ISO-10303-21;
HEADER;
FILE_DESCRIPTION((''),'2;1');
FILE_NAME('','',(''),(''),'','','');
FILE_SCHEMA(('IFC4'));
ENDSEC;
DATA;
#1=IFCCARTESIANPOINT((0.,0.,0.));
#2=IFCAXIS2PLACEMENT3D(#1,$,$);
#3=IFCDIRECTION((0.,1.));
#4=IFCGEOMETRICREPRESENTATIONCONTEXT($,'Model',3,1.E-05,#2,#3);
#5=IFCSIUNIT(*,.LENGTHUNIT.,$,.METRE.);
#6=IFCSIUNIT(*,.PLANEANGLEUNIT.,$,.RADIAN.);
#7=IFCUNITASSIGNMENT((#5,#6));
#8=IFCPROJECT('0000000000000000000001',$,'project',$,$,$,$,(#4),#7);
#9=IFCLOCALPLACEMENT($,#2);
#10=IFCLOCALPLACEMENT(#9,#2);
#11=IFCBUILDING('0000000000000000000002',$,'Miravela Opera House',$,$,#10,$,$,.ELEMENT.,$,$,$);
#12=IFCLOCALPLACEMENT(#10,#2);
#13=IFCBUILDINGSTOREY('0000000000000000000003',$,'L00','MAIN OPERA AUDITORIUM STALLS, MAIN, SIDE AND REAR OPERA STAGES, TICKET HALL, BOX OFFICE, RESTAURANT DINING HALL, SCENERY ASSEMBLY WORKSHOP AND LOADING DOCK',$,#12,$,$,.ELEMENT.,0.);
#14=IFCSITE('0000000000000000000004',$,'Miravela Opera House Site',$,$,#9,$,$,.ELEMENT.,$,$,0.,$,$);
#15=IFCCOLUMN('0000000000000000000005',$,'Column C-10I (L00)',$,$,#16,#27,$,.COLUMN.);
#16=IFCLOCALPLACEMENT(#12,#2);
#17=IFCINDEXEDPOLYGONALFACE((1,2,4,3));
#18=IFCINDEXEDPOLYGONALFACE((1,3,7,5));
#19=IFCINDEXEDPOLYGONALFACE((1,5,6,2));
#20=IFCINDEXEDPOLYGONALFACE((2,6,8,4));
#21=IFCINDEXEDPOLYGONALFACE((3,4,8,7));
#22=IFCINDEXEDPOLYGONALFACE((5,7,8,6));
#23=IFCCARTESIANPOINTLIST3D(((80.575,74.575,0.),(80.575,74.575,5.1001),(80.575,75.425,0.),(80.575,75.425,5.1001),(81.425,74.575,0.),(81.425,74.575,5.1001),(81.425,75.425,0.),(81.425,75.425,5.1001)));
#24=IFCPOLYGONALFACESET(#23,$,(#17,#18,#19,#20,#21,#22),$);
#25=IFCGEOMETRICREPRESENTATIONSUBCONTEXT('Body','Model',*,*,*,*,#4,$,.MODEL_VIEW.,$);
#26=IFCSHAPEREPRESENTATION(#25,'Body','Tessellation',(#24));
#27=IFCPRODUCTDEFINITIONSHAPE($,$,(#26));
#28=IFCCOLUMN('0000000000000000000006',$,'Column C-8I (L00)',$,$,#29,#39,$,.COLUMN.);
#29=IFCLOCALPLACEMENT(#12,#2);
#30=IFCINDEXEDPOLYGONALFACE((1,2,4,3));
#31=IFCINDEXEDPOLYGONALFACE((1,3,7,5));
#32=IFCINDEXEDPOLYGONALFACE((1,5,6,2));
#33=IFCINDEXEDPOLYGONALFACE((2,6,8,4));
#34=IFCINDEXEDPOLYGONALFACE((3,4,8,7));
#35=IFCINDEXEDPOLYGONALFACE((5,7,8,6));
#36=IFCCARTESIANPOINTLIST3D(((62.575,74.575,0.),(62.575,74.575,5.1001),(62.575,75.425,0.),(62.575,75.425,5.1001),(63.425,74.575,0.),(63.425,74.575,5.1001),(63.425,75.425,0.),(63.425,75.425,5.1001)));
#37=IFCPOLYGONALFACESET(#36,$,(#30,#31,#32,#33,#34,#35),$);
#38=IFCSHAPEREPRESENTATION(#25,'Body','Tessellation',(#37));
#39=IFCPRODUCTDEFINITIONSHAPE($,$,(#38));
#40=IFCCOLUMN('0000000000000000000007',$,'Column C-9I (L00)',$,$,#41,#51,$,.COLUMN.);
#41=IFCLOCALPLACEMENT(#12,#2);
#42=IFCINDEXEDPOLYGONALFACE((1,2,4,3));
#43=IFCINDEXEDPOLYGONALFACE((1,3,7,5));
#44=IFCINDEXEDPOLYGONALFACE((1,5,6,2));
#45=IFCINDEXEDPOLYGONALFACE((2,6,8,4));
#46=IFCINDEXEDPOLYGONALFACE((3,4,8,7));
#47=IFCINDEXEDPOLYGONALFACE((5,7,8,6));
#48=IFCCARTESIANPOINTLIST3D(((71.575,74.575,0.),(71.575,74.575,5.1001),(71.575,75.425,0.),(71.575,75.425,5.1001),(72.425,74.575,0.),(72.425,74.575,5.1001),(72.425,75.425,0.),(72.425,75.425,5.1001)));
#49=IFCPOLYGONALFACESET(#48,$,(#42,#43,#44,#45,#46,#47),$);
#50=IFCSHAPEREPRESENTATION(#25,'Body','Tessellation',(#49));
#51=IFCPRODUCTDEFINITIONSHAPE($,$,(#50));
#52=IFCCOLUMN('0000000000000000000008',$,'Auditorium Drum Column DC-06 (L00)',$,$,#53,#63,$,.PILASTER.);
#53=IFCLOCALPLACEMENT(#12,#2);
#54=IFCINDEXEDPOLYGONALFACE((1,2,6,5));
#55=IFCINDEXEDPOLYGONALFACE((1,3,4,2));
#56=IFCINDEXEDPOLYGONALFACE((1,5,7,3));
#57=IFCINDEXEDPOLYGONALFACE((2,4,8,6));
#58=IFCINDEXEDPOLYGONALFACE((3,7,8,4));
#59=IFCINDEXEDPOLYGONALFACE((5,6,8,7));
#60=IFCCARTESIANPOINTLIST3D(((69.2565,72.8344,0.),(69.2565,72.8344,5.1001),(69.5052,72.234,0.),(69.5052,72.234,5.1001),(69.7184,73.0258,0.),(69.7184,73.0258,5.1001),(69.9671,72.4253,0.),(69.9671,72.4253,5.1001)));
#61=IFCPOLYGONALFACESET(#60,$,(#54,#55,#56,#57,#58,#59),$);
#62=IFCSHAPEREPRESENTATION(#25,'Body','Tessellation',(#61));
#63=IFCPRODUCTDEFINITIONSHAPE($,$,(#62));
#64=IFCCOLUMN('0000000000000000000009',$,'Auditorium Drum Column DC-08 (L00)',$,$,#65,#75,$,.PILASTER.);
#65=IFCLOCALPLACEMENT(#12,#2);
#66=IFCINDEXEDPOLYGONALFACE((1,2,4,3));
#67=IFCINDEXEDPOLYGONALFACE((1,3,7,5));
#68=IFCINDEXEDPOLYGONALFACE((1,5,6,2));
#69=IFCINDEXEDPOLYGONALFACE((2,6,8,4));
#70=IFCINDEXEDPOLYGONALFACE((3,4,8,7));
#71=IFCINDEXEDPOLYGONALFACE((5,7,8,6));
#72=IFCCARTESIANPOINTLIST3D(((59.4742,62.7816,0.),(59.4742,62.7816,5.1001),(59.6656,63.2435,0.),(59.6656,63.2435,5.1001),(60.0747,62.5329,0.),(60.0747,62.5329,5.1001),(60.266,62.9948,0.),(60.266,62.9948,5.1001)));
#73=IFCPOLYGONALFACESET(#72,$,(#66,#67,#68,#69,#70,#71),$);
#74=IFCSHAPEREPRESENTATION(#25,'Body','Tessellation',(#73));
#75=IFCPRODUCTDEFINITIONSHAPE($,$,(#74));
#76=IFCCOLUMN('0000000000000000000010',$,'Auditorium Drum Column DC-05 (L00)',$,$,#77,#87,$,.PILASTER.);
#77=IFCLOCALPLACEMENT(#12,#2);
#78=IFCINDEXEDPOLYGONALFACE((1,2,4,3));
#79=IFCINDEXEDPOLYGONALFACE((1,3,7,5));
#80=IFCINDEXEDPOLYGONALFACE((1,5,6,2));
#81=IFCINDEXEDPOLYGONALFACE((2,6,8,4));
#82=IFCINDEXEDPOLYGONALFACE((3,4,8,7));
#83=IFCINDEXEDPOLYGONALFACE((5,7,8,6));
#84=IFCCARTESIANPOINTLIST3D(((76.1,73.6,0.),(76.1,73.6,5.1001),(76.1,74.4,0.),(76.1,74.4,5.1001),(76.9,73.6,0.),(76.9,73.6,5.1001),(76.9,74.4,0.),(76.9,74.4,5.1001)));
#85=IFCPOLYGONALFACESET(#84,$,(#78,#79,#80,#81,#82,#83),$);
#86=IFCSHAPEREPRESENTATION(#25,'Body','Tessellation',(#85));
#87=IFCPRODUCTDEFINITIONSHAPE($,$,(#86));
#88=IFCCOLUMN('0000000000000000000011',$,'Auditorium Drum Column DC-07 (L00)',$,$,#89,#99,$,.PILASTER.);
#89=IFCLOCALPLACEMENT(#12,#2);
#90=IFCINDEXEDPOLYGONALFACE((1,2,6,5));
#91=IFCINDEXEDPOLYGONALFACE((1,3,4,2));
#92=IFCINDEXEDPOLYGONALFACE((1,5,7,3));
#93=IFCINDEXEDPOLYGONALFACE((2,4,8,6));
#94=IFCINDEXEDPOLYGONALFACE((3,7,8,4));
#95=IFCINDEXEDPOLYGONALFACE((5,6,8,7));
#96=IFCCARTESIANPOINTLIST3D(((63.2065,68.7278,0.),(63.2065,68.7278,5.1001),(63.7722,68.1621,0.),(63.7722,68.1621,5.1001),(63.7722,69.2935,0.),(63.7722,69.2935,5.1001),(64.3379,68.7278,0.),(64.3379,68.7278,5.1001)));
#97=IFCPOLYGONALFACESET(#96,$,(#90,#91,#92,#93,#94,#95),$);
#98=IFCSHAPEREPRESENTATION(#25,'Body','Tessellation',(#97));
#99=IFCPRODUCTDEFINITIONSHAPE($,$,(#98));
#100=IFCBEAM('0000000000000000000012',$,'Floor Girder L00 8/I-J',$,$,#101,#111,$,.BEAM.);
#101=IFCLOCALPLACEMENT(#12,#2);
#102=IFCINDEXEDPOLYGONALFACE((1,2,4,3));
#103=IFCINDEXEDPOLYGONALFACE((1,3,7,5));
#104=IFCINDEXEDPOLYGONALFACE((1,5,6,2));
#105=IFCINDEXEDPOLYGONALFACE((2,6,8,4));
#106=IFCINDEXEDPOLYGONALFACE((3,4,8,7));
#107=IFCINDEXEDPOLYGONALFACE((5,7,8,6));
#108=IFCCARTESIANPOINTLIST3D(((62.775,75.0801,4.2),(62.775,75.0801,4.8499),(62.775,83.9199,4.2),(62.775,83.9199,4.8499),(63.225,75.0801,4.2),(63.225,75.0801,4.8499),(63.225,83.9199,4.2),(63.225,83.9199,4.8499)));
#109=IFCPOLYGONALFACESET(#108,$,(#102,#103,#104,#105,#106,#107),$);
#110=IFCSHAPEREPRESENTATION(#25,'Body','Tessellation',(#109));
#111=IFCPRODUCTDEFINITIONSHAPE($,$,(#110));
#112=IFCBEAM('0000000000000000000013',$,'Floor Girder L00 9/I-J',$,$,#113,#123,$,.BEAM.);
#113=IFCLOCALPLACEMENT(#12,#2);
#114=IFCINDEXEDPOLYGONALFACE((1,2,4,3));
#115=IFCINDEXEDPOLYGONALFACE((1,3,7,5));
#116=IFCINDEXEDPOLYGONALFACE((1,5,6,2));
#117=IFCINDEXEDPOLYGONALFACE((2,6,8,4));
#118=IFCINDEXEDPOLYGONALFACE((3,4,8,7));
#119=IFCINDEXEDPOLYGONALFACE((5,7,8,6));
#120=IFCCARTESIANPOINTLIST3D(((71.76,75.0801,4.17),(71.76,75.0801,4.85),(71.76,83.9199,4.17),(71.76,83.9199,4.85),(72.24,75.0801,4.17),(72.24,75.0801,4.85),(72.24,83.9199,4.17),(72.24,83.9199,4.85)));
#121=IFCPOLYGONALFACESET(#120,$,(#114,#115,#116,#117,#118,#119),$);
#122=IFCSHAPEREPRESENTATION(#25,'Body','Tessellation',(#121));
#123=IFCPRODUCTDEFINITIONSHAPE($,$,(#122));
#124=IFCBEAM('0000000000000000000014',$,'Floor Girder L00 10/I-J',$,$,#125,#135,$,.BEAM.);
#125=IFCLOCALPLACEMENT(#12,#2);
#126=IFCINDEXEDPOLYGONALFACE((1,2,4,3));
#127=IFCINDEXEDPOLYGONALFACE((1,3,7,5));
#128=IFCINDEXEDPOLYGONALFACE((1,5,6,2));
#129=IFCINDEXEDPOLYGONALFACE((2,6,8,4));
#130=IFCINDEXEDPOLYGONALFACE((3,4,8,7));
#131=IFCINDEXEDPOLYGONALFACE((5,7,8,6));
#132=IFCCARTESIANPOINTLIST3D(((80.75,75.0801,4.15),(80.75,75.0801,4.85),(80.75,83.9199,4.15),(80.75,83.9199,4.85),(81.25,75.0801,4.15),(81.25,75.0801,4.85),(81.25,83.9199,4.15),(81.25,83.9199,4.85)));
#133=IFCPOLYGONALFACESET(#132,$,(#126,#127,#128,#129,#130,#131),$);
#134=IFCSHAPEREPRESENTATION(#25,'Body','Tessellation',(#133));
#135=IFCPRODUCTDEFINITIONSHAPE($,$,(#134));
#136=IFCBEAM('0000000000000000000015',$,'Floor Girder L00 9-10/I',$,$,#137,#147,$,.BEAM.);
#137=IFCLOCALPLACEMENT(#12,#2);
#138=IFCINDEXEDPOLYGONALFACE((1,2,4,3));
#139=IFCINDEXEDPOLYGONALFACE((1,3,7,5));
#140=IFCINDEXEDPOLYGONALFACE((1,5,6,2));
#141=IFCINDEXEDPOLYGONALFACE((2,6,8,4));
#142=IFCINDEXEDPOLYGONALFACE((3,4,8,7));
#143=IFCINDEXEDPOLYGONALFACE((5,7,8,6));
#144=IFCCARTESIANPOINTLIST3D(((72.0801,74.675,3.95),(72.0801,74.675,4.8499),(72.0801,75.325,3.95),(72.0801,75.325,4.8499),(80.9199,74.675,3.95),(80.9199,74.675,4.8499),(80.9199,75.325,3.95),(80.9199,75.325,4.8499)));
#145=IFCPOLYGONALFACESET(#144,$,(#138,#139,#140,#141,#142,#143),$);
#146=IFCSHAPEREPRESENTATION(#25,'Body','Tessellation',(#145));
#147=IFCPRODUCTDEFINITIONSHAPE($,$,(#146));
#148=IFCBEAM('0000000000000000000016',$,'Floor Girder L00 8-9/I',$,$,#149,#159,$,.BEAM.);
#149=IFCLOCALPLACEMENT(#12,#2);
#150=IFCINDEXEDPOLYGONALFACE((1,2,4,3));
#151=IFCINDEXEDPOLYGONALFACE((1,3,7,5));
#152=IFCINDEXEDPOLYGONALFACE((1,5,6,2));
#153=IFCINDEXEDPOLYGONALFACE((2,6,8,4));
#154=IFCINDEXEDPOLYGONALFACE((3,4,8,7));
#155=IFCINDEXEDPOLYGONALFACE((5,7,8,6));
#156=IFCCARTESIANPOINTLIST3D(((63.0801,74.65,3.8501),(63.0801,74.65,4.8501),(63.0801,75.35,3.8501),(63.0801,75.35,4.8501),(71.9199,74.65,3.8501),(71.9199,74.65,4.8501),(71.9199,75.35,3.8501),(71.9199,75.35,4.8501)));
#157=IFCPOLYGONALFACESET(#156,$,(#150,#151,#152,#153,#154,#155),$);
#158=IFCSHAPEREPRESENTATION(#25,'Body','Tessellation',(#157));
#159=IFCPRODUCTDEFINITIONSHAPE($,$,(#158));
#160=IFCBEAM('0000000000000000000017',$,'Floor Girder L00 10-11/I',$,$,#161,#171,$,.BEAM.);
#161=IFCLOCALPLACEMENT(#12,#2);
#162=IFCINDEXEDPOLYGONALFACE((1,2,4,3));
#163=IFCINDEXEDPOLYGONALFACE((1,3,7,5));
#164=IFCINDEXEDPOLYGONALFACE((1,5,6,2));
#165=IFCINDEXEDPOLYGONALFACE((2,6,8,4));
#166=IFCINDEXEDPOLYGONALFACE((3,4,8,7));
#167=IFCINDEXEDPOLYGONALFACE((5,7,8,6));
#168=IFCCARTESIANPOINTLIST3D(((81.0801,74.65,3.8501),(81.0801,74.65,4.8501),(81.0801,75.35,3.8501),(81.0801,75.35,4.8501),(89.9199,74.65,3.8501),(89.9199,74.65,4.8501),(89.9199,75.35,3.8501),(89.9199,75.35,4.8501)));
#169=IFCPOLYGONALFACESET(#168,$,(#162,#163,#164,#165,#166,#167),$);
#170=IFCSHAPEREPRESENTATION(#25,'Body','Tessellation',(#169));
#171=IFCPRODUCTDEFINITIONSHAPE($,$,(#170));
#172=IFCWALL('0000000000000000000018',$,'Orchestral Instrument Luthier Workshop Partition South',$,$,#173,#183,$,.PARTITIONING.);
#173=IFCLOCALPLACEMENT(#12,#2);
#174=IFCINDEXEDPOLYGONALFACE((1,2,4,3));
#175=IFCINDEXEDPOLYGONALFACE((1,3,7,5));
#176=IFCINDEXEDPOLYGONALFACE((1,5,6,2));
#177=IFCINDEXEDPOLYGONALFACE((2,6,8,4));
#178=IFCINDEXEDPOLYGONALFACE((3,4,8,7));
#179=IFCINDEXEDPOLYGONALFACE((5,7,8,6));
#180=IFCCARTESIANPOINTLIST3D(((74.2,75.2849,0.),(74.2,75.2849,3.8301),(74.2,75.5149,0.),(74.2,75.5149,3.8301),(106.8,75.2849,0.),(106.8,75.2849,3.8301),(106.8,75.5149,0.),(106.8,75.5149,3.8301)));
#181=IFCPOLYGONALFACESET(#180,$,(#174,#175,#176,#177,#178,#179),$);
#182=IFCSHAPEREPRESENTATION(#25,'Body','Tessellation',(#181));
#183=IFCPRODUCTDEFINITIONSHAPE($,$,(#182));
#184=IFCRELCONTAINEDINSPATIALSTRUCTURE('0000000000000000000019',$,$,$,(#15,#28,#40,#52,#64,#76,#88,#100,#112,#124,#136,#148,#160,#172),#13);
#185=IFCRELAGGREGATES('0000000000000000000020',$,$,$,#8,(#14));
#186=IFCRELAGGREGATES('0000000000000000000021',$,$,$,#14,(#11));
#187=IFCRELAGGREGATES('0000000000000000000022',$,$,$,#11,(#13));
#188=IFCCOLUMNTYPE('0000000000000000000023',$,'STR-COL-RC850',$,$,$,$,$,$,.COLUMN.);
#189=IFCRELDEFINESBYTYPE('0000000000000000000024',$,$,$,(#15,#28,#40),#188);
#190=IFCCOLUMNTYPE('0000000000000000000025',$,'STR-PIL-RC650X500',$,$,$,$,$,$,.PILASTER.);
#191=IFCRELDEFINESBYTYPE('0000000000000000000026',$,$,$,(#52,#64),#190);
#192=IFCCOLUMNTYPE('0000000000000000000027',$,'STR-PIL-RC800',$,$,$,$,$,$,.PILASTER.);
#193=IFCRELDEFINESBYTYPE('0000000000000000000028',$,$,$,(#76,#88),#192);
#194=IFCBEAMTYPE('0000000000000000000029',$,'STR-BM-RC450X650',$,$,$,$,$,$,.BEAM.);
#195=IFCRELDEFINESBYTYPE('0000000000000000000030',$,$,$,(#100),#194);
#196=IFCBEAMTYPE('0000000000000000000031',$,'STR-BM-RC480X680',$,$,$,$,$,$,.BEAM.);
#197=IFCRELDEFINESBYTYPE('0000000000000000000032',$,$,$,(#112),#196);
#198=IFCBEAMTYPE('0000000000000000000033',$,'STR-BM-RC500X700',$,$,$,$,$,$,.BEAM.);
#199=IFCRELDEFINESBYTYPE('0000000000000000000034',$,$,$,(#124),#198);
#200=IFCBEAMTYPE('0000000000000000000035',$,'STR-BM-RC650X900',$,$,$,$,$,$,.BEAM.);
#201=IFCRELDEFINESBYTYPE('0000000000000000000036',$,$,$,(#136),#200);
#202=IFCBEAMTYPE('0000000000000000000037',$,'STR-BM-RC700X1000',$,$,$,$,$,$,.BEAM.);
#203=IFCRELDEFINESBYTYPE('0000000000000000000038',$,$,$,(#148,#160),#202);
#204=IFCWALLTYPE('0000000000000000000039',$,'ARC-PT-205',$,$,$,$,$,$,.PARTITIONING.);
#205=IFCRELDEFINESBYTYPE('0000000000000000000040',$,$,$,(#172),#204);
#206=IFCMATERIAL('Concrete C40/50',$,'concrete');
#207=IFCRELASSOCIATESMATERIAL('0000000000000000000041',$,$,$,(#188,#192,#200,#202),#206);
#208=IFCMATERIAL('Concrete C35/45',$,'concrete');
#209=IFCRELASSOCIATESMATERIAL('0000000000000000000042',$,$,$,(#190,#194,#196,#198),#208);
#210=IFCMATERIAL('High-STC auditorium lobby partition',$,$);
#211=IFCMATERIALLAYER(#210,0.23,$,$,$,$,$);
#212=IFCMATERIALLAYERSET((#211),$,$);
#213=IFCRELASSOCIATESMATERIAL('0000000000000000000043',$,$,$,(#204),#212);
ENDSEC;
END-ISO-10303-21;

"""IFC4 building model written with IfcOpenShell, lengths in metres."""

from ifc_helpers import new_model, si_unit, direction, frame, frame_2d, origin, origin_2d, place, context, subcontext, project, spatial, rectangle, extrude, material, layer, layer_set, material_profile, profile_set, type_object, element, save


model = new_model("IFC4")

# Units and contexts
model_context = context("Model", 3, precision=1e-05, world=origin(), true_north=direction((0.0, 1.0)))
body_context = subcontext(model_context, "Body", "Model", "MODEL_VIEW")
ifc_project = project(units=[si_unit("LENGTHUNIT", "METRE"), si_unit("PLANEANGLEUNIT", "RADIAN")], contexts=[model_context])

# Site, building, storey
site_placement = place(None, origin())
site = spatial("IfcSite", under=ifc_project, at=site_placement, Name="Miravela Opera House Site", CompositionType="ELEMENT", RefElevation=0.0)
building_placement = place(site_placement, origin())
building = spatial("IfcBuilding", under=site, at=building_placement, Name="Miravela Opera House", CompositionType="ELEMENT")
storey_placement = place(building_placement, origin())
storey = spatial("IfcBuildingStorey", under=building, at=storey_placement, Name="L00", Description="MAIN OPERA AUDITORIUM STALLS, MAIN, SIDE AND REAR OPERA STAGES, TICKET HALL, BOX OFFICE, RESTAURANT DINING HALL, SCENERY ASSEMBLY WORKSHOP AND LOADING DOCK", CompositionType="ELEMENT", Elevation=0.0)

# Columns
ifc_material_1 = material(Name="Concrete C40/50", Category="concrete")
ifc_material_profile_1 = material_profile(ifc_material_1, rectangle(XDim=0.8501, YDim=0.8501, at=origin_2d()), Name="RC-COL-850X850")
ifc_profile_set_1 = profile_set([ifc_material_profile_1])
column_type_1 = type_object("IfcColumnType", Name="STR-COL-RC850", PredefinedType="COLUMN", material=ifc_profile_set_1)
for number, where, z_axis, x_axis, name in (
    (1, (81.0, 75.0, 0.0), (0.0, 0.0, 1.0), (1.0, 0.0, 0.0), "Column C-10I (L00)"),
    (2, (63.0, 75.0, 0.0), (0.0, 0.0, 1.0), (1.0, 0.0, 0.0), "Column C-8I (L00)"),
    (3, (72.0, 75.0, 0.0), (0.0, 0.0, 1.0), (1.0, 0.0, 0.0), "Column C-9I (L00)"),
):
    element("IfcColumn", number, at=place(storey_placement, frame(where, z_axis=z_axis, x_axis=x_axis)), inside=storey, type_object=column_type_1, Name=name, PredefinedType="COLUMN", context=body_context, shape_type="SweptSolid", body=[
        extrude(rectangle(XDim=0.8501, YDim=0.8501, at=origin_2d()), origin(), (0.0, 0.0, 1.0), 5.1001),
    ])
ifc_material_2 = material(Name="Concrete C35/45", Category="concrete")
ifc_material_profile_2 = material_profile(ifc_material_2, rectangle(XDim=0.6499, YDim=0.5, at=origin_2d()), Name="RC-PIL-650X500")
ifc_profile_set_2 = profile_set([ifc_material_profile_2])
column_type_2 = type_object("IfcColumnType", Name="STR-PIL-RC650X500", PredefinedType="PILASTER", material=ifc_profile_set_2)
for number, where, z_axis, x_axis, name in (
    (4, (69.6118, 72.6299, 0.0), (0.0, 0.0, 1.0), (-0.382683, 0.92388, 0.0), "Auditorium Drum Column DC-06 (L00)"),
    (5, (59.8701, 62.8882, 0.0), (0.0, 0.0, 1.0), (-0.92388, 0.382683, 0.0), "Auditorium Drum Column DC-08 (L00)"),
):
    element("IfcColumn", number, at=place(storey_placement, frame(where, z_axis=z_axis, x_axis=x_axis)), inside=storey, type_object=column_type_2, Name=name, PredefinedType="PILASTER", context=body_context, shape_type="SweptSolid", body=[
        extrude(rectangle(XDim=0.6499, YDim=0.5, at=origin_2d()), origin(), (0.0, 0.0, 1.0), 5.1001),
    ])
ifc_material_profile_3 = material_profile(ifc_material_1, rectangle(XDim=0.8, YDim=0.8, at=origin_2d()), Name="RC-COL-800X800")
ifc_profile_set_3 = profile_set([ifc_material_profile_3])
column_type_3 = type_object("IfcColumnType", Name="STR-PIL-RC800", PredefinedType="PILASTER", material=ifc_profile_set_3)
for number, where, z_axis, x_axis, name in (
    (6, (76.5, 74.0, 0.0), (0.0, 0.0, 1.0), (0.0, 1.0, 0.0), "Auditorium Drum Column DC-05 (L00)"),
    (7, (63.7722, 68.7278, 0.0), (0.0, 0.0, 1.0), (-0.707107, 0.707107, 0.0), "Auditorium Drum Column DC-07 (L00)"),
):
    element("IfcColumn", number, at=place(storey_placement, frame(where, z_axis=z_axis, x_axis=x_axis)), inside=storey, type_object=column_type_3, Name=name, PredefinedType="PILASTER", context=body_context, shape_type="SweptSolid", body=[
        extrude(rectangle(XDim=0.8, YDim=0.8, at=origin_2d()), origin(), (0.0, 0.0, 1.0), 5.1001),
    ])

# Beams
ifc_material_profile_4 = material_profile(ifc_material_2, rectangle(XDim=0.45, YDim=0.6499, at=origin_2d()), Name="RC-BM-450X650")
ifc_profile_set_4 = profile_set([ifc_material_profile_4])
beam_type_1 = type_object("IfcBeamType", Name="STR-BM-RC450X650", PredefinedType="BEAM", material=ifc_profile_set_4)
beam_1_placement = place(storey_placement, frame((63.0, 75.0801, 4.5249), z_axis=(0.0, 1.0, 0.0), x_axis=(-1.0, 0.0, 0.0)))
element("IfcBeam", 8, at=beam_1_placement, inside=storey, type_object=beam_type_1, Name="Floor Girder L00 8/I-J", PredefinedType="BEAM", context=body_context, shape_type="SweptSolid", body=[
    extrude(rectangle(XDim=0.45, YDim=0.6499, at=origin_2d()), origin(), (0.0, 0.0, 1.0), 8.8398),
])
ifc_material_profile_5 = material_profile(ifc_material_2, rectangle(XDim=0.48, YDim=0.6799, at=origin_2d()), Name="RC-BM-480X680")
ifc_profile_set_5 = profile_set([ifc_material_profile_5])
beam_type_2 = type_object("IfcBeamType", Name="STR-BM-RC480X680", PredefinedType="BEAM", material=ifc_profile_set_5)
beam_2_placement = place(storey_placement, frame((72.0, 75.0801, 4.51), z_axis=(0.0, 1.0, 0.0), x_axis=(-1.0, 0.0, 0.0)))
element("IfcBeam", 9, at=beam_2_placement, inside=storey, type_object=beam_type_2, Name="Floor Girder L00 9/I-J", PredefinedType="BEAM", context=body_context, shape_type="SweptSolid", body=[
    extrude(rectangle(XDim=0.48, YDim=0.6799, at=origin_2d()), origin(), (0.0, 0.0, 1.0), 8.8398),
])
ifc_material_profile_6 = material_profile(ifc_material_2, rectangle(XDim=0.5, YDim=0.7, at=origin_2d()), Name="RC-BM-500X700")
ifc_profile_set_6 = profile_set([ifc_material_profile_6])
beam_type_3 = type_object("IfcBeamType", Name="STR-BM-RC500X700", PredefinedType="BEAM", material=ifc_profile_set_6)
beam_3_placement = place(storey_placement, frame((81.0, 75.0801, 4.5), z_axis=(0.0, 1.0, 0.0), x_axis=(-1.0, 0.0, 0.0)))
element("IfcBeam", 10, at=beam_3_placement, inside=storey, type_object=beam_type_3, Name="Floor Girder L00 10/I-J", PredefinedType="BEAM", context=body_context, shape_type="SweptSolid", body=[
    extrude(rectangle(XDim=0.5, YDim=0.7, at=origin_2d()), origin(), (0.0, 0.0, 1.0), 8.8398),
])
ifc_material_profile_7 = material_profile(ifc_material_1, rectangle(XDim=0.6499, YDim=0.8999, at=origin_2d()), Name="RC-BM-650X900")
ifc_profile_set_7 = profile_set([ifc_material_profile_7])
beam_type_4 = type_object("IfcBeamType", Name="STR-BM-RC650X900", PredefinedType="BEAM", material=ifc_profile_set_7)
beam_4_placement = place(storey_placement, frame((72.0801, 75.0, 4.3999), z_axis=(1.0, 0.0, 0.0), x_axis=(0.0, 1.0, 0.0)))
element("IfcBeam", 11, at=beam_4_placement, inside=storey, type_object=beam_type_4, Name="Floor Girder L00 9-10/I", PredefinedType="BEAM", context=body_context, shape_type="SweptSolid", body=[
    extrude(rectangle(XDim=0.6499, YDim=0.8999, at=origin_2d()), origin(), (0.0, 0.0, 1.0), 8.8398),
])
ifc_material_profile_8 = material_profile(ifc_material_1, rectangle(XDim=0.7, YDim=1.0, at=origin_2d()), Name="RC-BM-700X1000")
ifc_profile_set_8 = profile_set([ifc_material_profile_8])
beam_type_5 = type_object("IfcBeamType", Name="STR-BM-RC700X1000", PredefinedType="BEAM", material=ifc_profile_set_8)
for number, where, z_axis, x_axis, name in (
    (12, (63.0801, 75.0, 4.3501), (1.0, 0.0, 0.0), (0.0, 1.0, 0.0), "Floor Girder L00 8-9/I"),
    (13, (81.0801, 75.0, 4.3501), (1.0, 0.0, 0.0), (0.0, 1.0, 0.0), "Floor Girder L00 10-11/I"),
):
    element("IfcBeam", number, at=place(storey_placement, frame(where, z_axis=z_axis, x_axis=x_axis)), inside=storey, type_object=beam_type_5, Name=name, PredefinedType="BEAM", context=body_context, shape_type="SweptSolid", body=[
        extrude(rectangle(XDim=0.7, YDim=1.0, at=origin_2d()), origin(), (0.0, 0.0, 1.0), 8.8398),
    ])

# Wall
ifc_material_3 = material(Name="High-STC auditorium lobby partition")
ifc_layer_1 = layer(ifc_material_3, 0.23)
ifc_layer_set_1 = layer_set([ifc_layer_1])
wall_type_1 = type_object("IfcWallType", Name="ARC-PT-205", PredefinedType="PARTITIONING", material=ifc_layer_set_1)
wall_1_placement = place(storey_placement, frame((74.2, 75.3999, 0.0), z_axis=(0.0, 0.0, 1.0), x_axis=(1.0, 0.0, 0.0)))
element("IfcWall", 14, at=wall_1_placement, inside=storey, type_object=wall_type_1, Name="Orchestral Instrument Luthier Workshop Partition South", PredefinedType="PARTITIONING", context=body_context, shape_type="SweptSolid", body=[
    extrude(rectangle(XDim=32.6001, YDim=0.23, at=frame_2d((16.3, 0.0))), origin(), (0.0, 0.0, 1.0), 3.8301),
])

save(model, "model.ifc")
